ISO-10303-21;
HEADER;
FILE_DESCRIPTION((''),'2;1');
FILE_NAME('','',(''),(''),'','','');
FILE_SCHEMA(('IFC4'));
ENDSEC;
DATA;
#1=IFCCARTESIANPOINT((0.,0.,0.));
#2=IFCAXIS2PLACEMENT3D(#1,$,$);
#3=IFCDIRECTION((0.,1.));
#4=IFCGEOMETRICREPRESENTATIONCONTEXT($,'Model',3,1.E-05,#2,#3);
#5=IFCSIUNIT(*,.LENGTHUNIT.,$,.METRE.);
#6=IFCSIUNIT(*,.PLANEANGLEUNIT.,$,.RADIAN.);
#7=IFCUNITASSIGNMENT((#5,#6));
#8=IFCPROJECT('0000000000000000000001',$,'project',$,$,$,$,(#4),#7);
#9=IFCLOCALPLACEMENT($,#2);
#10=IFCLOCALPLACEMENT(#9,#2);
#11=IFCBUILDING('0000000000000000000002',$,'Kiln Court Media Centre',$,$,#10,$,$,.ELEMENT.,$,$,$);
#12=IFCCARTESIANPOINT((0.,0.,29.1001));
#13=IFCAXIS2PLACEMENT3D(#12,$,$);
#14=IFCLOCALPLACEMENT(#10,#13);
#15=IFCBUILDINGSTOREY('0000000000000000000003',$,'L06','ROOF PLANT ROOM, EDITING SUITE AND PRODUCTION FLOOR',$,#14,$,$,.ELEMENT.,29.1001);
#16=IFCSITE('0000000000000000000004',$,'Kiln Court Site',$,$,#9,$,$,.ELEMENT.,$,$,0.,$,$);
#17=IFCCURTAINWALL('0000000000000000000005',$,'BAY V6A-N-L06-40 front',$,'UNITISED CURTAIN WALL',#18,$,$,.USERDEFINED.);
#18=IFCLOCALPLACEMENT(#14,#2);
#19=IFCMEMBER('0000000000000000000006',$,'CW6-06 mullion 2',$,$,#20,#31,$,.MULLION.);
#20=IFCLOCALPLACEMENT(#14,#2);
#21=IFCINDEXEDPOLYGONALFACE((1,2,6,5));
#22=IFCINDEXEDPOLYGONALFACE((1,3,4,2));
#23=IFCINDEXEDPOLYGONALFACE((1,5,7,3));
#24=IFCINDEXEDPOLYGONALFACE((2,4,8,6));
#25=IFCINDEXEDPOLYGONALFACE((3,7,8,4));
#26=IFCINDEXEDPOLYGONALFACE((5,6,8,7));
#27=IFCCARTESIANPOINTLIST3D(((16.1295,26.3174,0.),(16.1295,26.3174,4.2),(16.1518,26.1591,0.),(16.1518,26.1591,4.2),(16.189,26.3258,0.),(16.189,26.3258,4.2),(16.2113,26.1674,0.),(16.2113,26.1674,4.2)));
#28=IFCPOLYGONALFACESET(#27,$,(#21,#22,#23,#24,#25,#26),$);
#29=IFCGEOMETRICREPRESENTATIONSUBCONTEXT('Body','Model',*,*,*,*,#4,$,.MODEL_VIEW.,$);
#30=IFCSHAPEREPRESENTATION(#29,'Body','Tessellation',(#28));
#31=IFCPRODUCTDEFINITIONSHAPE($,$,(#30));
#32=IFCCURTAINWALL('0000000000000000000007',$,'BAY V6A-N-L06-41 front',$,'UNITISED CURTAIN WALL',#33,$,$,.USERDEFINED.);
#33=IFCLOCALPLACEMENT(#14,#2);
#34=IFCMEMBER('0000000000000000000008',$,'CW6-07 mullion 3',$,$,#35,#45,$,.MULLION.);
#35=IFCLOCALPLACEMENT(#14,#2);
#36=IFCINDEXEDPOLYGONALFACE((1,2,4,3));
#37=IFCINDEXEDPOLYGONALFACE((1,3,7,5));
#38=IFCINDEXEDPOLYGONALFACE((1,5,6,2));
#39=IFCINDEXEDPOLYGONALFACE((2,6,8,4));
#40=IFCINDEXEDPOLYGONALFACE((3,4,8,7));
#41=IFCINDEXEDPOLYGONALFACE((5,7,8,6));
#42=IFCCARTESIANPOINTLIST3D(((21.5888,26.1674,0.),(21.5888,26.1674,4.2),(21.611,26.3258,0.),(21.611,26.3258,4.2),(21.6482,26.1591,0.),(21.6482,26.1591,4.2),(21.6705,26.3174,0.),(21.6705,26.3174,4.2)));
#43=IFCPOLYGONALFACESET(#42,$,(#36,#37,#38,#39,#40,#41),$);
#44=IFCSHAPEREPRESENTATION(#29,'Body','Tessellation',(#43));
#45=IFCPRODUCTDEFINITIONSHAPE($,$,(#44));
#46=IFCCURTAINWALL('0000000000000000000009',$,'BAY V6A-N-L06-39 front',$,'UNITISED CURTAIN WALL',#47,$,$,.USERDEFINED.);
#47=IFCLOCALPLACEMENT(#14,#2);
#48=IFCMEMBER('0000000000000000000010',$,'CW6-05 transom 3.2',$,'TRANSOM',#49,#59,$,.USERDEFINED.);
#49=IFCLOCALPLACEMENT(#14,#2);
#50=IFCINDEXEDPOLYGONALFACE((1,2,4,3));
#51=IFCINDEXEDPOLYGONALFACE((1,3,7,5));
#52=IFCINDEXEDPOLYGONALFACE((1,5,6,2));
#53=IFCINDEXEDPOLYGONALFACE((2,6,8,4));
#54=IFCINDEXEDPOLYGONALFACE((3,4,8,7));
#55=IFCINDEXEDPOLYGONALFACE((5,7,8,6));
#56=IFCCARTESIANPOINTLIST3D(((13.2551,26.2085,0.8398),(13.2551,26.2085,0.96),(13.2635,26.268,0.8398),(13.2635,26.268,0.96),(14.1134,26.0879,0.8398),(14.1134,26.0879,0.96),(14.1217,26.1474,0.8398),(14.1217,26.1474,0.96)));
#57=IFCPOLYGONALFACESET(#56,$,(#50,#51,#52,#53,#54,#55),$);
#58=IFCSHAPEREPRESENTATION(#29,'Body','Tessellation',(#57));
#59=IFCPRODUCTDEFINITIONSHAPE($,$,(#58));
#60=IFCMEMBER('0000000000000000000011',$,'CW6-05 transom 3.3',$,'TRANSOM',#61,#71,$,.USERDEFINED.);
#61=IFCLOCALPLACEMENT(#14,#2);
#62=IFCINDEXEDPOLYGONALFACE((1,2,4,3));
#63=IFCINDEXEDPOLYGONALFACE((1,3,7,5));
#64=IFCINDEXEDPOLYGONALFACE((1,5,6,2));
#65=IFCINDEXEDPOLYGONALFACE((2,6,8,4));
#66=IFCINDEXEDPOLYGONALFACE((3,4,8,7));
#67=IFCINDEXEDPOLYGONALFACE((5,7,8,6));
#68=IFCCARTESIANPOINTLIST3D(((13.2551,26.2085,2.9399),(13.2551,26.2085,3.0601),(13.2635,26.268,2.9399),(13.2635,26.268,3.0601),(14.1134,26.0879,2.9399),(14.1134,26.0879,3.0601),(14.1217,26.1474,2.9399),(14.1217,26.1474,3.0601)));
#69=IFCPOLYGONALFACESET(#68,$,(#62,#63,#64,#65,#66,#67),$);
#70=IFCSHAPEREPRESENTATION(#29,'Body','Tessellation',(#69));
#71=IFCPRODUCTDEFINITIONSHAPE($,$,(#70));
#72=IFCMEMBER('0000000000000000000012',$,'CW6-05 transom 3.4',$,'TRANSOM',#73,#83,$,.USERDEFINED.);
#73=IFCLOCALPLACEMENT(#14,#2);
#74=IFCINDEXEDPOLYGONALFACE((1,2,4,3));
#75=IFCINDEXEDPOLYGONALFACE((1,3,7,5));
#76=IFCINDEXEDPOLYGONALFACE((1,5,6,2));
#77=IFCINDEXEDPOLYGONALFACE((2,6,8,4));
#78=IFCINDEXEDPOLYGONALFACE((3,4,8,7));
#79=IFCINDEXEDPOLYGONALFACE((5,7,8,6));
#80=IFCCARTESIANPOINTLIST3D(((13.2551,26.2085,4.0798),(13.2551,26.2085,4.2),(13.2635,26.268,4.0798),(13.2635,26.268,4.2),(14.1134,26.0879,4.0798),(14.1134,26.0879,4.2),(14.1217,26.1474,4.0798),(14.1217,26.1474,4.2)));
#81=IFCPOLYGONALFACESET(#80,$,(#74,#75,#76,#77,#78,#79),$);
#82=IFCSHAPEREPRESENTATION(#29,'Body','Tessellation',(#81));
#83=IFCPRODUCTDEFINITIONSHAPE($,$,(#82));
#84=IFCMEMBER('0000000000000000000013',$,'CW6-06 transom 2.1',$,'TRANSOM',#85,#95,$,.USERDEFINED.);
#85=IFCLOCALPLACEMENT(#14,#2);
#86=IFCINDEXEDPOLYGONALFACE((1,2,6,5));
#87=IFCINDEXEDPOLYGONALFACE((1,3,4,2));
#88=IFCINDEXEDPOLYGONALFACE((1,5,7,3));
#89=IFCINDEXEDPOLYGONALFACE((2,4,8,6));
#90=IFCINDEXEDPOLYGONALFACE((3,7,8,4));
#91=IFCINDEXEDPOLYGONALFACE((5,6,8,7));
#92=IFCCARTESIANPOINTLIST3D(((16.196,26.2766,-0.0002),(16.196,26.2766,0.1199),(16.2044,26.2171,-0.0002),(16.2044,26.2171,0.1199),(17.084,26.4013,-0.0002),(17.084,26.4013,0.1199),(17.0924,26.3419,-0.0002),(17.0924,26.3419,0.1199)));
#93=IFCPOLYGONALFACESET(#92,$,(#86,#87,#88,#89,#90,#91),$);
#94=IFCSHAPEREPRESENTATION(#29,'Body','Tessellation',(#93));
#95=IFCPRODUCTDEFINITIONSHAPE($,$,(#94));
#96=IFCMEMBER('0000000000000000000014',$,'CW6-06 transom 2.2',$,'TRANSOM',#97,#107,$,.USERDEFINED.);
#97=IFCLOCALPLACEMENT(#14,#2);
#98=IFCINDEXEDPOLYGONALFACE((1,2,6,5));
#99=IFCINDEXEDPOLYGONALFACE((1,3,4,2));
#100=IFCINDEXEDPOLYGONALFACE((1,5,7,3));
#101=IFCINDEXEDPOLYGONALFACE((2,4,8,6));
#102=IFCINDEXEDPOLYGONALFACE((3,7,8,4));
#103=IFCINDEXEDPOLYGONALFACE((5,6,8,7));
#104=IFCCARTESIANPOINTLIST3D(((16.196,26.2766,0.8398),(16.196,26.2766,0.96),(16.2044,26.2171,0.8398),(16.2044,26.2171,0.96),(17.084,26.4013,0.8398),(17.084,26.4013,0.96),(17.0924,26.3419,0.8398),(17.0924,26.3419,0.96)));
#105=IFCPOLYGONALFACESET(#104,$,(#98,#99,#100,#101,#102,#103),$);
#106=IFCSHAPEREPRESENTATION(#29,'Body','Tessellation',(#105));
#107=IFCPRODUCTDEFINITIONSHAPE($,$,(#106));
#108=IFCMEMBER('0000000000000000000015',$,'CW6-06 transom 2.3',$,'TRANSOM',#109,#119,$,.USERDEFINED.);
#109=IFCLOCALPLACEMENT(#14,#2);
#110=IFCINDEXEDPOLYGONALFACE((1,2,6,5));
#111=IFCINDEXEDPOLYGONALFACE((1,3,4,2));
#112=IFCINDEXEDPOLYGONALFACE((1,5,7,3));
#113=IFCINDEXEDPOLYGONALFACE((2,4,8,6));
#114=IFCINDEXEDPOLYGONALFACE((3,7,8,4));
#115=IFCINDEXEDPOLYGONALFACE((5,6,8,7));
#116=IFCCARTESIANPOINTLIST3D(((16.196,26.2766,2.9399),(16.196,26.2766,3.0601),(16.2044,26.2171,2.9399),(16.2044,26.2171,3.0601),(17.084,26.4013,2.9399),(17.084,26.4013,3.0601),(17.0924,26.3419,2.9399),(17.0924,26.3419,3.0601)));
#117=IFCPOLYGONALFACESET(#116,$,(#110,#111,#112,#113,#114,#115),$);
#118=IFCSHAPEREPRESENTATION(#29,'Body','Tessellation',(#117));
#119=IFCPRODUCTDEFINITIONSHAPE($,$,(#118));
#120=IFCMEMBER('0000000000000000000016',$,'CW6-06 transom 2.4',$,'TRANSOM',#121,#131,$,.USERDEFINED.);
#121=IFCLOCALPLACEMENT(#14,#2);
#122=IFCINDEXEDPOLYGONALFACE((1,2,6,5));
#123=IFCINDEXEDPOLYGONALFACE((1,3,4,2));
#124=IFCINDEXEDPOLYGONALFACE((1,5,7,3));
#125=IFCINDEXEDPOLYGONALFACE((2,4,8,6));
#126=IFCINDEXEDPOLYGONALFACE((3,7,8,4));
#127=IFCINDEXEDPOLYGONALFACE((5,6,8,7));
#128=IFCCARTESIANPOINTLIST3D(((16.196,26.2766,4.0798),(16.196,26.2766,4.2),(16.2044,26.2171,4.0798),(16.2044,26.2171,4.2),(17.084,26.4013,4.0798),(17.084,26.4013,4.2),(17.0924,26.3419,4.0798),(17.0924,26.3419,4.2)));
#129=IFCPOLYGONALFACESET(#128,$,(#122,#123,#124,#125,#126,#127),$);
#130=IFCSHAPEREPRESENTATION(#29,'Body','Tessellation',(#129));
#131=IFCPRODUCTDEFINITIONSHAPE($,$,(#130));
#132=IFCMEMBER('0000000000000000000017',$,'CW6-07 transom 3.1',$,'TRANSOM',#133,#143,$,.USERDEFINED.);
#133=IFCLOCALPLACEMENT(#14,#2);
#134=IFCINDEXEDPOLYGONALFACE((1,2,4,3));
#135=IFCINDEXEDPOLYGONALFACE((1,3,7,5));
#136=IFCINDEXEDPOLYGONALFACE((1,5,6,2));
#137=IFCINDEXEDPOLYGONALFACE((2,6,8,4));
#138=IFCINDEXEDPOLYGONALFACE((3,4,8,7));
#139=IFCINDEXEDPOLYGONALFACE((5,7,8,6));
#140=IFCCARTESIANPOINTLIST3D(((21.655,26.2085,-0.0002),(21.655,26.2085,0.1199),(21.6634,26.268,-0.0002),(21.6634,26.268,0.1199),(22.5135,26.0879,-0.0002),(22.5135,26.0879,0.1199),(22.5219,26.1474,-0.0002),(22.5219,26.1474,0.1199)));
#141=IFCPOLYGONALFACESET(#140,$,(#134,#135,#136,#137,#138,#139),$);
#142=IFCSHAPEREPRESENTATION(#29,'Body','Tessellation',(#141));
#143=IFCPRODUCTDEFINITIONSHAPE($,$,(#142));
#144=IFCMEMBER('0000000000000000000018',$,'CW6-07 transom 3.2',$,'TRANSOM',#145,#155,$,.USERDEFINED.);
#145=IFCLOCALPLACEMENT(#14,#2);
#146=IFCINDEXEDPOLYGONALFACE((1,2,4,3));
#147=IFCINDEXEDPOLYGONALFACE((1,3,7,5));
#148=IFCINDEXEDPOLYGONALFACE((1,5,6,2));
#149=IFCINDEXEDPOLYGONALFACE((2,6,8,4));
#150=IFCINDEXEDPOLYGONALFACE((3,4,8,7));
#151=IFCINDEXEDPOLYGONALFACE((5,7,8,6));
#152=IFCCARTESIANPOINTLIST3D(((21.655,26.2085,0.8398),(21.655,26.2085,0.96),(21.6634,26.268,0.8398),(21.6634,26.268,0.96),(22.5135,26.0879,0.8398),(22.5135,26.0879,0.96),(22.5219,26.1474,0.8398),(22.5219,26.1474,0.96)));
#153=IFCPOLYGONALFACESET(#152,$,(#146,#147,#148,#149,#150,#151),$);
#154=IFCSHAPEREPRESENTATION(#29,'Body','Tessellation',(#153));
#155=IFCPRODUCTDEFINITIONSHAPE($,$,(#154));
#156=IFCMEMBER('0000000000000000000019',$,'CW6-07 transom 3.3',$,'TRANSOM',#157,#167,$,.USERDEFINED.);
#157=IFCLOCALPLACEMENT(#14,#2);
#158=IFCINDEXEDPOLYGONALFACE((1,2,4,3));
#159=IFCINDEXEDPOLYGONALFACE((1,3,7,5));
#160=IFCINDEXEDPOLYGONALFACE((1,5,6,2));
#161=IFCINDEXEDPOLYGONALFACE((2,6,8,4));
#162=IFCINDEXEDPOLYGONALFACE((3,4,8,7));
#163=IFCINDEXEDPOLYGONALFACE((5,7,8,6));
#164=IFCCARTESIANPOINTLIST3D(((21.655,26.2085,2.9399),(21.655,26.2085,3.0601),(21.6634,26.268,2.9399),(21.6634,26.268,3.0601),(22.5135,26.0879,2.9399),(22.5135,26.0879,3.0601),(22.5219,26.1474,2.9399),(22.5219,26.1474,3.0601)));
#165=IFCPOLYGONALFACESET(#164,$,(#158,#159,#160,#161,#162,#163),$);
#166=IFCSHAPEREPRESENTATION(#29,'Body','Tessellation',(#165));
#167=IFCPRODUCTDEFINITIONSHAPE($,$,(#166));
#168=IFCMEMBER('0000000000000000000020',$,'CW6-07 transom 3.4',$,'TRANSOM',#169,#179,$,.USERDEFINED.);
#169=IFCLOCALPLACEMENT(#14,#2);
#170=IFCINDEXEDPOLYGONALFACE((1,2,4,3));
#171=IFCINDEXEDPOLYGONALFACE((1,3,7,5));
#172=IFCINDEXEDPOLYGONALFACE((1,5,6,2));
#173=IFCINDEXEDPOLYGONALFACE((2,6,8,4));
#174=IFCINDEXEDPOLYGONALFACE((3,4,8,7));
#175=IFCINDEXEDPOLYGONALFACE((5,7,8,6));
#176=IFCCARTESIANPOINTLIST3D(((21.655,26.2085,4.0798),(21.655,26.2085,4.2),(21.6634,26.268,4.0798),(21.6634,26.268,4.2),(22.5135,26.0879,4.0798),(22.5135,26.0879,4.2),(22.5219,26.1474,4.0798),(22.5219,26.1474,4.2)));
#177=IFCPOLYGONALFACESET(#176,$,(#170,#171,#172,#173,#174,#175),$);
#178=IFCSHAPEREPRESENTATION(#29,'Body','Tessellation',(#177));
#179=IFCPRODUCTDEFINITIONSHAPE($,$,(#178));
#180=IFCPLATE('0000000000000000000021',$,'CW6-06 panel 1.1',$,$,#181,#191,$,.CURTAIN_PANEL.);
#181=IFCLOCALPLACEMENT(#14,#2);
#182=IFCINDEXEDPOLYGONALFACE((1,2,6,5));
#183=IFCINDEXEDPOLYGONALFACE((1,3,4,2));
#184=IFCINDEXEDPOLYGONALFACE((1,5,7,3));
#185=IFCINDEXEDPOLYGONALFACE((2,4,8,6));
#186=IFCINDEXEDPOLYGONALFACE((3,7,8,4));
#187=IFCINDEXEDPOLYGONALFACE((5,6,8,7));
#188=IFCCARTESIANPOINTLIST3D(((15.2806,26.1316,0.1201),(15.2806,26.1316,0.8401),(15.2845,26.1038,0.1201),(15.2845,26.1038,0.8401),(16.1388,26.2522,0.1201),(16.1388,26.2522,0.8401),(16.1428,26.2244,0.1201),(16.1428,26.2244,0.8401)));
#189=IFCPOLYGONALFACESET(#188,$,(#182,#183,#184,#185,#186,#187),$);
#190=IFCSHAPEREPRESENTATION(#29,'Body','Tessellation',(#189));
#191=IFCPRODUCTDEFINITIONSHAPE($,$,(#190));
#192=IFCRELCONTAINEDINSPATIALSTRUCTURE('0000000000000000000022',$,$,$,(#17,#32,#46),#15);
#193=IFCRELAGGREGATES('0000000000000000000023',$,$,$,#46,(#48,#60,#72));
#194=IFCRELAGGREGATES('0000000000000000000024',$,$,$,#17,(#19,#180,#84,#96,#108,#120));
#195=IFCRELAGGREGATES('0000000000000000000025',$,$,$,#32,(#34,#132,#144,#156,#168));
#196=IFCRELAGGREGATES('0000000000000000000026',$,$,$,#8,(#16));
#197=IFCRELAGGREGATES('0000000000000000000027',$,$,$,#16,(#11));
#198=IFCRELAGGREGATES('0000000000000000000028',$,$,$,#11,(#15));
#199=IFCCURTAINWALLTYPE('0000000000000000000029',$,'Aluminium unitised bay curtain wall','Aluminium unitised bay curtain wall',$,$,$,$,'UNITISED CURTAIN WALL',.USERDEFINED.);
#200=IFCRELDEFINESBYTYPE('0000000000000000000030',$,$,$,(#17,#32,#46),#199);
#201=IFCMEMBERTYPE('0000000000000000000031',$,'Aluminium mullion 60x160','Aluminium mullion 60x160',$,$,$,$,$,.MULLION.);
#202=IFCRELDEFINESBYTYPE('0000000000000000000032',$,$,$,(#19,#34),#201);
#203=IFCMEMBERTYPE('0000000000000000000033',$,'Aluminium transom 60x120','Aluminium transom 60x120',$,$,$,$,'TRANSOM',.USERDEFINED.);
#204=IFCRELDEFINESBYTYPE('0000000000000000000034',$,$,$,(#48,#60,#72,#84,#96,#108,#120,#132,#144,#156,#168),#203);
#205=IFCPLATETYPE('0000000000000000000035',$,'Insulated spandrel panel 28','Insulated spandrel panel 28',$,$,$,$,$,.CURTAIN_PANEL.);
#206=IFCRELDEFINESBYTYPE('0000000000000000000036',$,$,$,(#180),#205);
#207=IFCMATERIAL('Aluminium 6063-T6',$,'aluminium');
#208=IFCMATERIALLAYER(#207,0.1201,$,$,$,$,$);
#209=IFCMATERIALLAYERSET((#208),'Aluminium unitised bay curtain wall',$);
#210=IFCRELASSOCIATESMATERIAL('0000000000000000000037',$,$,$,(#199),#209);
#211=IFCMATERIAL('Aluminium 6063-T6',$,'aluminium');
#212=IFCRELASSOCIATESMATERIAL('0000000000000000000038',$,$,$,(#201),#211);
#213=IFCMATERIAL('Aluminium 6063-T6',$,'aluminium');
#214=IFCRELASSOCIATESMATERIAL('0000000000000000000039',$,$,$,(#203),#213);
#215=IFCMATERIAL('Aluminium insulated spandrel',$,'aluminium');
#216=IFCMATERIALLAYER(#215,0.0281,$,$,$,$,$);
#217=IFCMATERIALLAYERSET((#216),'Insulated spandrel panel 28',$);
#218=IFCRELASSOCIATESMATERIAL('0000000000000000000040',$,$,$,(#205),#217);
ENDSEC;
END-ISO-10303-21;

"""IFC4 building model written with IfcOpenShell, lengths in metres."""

from ifc_helpers import new_model, si_unit, direction, frame, origin, origin_2d, place, context, subcontext, project, spatial, rectangle, extrude, material, layer, layer_set, material_profile, profile_set, type_object, element, aggregate, save


model = new_model("IFC4")

# Units and contexts
model_context = context("Model", 3, precision=1e-05, world=origin(), true_north=direction((0.0, 1.0)))
body_context = subcontext(model_context, "Body", "Model", "MODEL_VIEW")
ifc_project = project(units=[si_unit("LENGTHUNIT", "METRE"), si_unit("PLANEANGLEUNIT", "RADIAN")], contexts=[model_context])

# Site, building, storey
site_placement = place(None, origin())
site = spatial("IfcSite", under=ifc_project, at=site_placement, Name="Kiln Court Site", CompositionType="ELEMENT", RefElevation=0.0)
building_placement = place(site_placement, origin())
building = spatial("IfcBuilding", under=site, at=building_placement, Name="Kiln Court Media Centre", CompositionType="ELEMENT")
storey_placement = place(building_placement, frame((0.0, 0.0, 29.1001)))
storey = spatial("IfcBuildingStorey", under=building, at=storey_placement, Name="L06", Description="ROOF PLANT ROOM, EDITING SUITE AND PRODUCTION FLOOR", CompositionType="ELEMENT", Elevation=29.1001)

# Curtain walls, members
ifc_material_1 = material(Name="Aluminium 6063-T6", Category="aluminium")
ifc_layer_1 = layer(ifc_material_1, 0.1201)
ifc_layer_set_1 = layer_set([ifc_layer_1], Name="Aluminium unitised bay curtain wall")
curtain_wall_type = type_object("IfcCurtainWallType", Name="Aluminium unitised bay curtain wall", Description="Aluminium unitised bay curtain wall", ElementType="UNITISED CURTAIN WALL", PredefinedType="USERDEFINED", material=ifc_layer_set_1)
curtain_wall_1_placement = place(storey_placement, origin())
curtain_wall_1 = element("IfcCurtainWall", 1, at=curtain_wall_1_placement, inside=storey, type_object=curtain_wall_type, Name="BAY V6A-N-L06-40 front", ObjectType="UNITISED CURTAIN WALL", PredefinedType="USERDEFINED")
ifc_material_2 = material(Name="Aluminium 6063-T6", Category="aluminium")
ifc_material_profile_1 = material_profile(ifc_material_2, rectangle(XDim=0.0601, YDim=0.1599, at=origin_2d()), Name="Aluminium mullion 60x160")
ifc_profile_set_1 = profile_set([ifc_material_profile_1], Name="Aluminium 6063-T6")
member_type_1 = type_object("IfcMemberType", Name="Aluminium mullion 60x160", Description="Aluminium mullion 60x160", PredefinedType="MULLION", material=ifc_profile_set_1)
member_1_placement = place(storey_placement, frame((16.1704, 26.2424, 0.0), z_axis=(0.0, 0.0, 1.0), x_axis=(0.99027, 0.139162, 0.0)))
member_1 = element("IfcMember", 2, at=member_1_placement, type_object=member_type_1, Name="CW6-06 mullion 2", PredefinedType="MULLION", context=body_context, shape_type="SweptSolid", body=[
    extrude(rectangle(XDim=0.0601, YDim=0.1599, at=origin_2d()), origin(), (0.0, 0.0, 1.0), 4.2),
])
curtain_wall_2_placement = place(storey_placement, origin())
curtain_wall_2 = element("IfcCurtainWall", 3, at=curtain_wall_2_placement, inside=storey, type_object=curtain_wall_type, Name="BAY V6A-N-L06-41 front", ObjectType="UNITISED CURTAIN WALL", PredefinedType="USERDEFINED")
member_2_placement = place(storey_placement, frame((21.6296, 26.2424, 0.0), z_axis=(0.0, 0.0, 1.0), x_axis=(0.99027, -0.139162, 0.0)))
member_2 = element("IfcMember", 4, at=member_2_placement, type_object=member_type_1, Name="CW6-07 mullion 3", PredefinedType="MULLION", context=body_context, shape_type="SweptSolid", body=[
    extrude(rectangle(XDim=0.0601, YDim=0.1599, at=origin_2d()), origin(), (0.0, 0.0, 1.0), 4.2),
])

# Curtain wall, members
curtain_wall_3_placement = place(storey_placement, origin())
curtain_wall_3 = element("IfcCurtainWall", 5, at=curtain_wall_3_placement, inside=storey, type_object=curtain_wall_type, Name="BAY V6A-N-L06-39 front", ObjectType="UNITISED CURTAIN WALL", PredefinedType="USERDEFINED")
ifc_material_3 = material(Name="Aluminium 6063-T6", Category="aluminium")
ifc_material_profile_2 = material_profile(ifc_material_3, rectangle(XDim=0.0601, YDim=0.1201, at=origin_2d()), Name="Aluminium transom 60x120")
ifc_profile_set_2 = profile_set([ifc_material_profile_2], Name="Aluminium 6063-T6")
member_type_2 = type_object("IfcMemberType", Name="Aluminium transom 60x120", Description="Aluminium transom 60x120", ElementType="TRANSOM", PredefinedType="USERDEFINED", material=ifc_profile_set_2)
member_3_placement = place(storey_placement, frame((13.2593, 26.2383, 0.8999), z_axis=(0.990268, -0.139173, 0.0), x_axis=(0.139173, 0.990268, 0.0)))
member_3 = element("IfcMember", 6, at=member_3_placement, type_object=member_type_2, Name="CW6-05 transom 3.2", ObjectType="TRANSOM", PredefinedType="USERDEFINED", context=body_context, shape_type="SweptSolid", body=[
    extrude(rectangle(XDim=0.0601, YDim=0.1201, at=origin_2d()), origin(), (0.0, 0.0, 1.0), 0.8667),
])
member_4_placement = place(storey_placement, frame((13.2593, 26.2383, 3.0), z_axis=(0.990268, -0.139173, 0.0), x_axis=(0.139173, 0.990268, 0.0)))
member_4 = element("IfcMember", 7, at=member_4_placement, type_object=member_type_2, Name="CW6-05 transom 3.3", ObjectType="TRANSOM", PredefinedType="USERDEFINED", context=body_context, shape_type="SweptSolid", body=[
    extrude(rectangle(XDim=0.0601, YDim=0.1201, at=origin_2d()), origin(), (0.0, 0.0, 1.0), 0.8667),
])
member_5_placement = place(storey_placement, frame((13.2593, 26.2383, 4.1399), z_axis=(0.990268, -0.139173, 0.0), x_axis=(0.139173, 0.990268, 0.0)))
member_5 = element("IfcMember", 8, at=member_5_placement, type_object=member_type_2, Name="CW6-05 transom 3.4", ObjectType="TRANSOM", PredefinedType="USERDEFINED", context=body_context, shape_type="SweptSolid", body=[
    extrude(rectangle(XDim=0.0601, YDim=0.1201, at=origin_2d()), origin(), (0.0, 0.0, 1.0), 0.8667),
])

# Members
member_6_placement = place(storey_placement, frame((16.2002, 26.2468, 0.0598), z_axis=(0.990274, 0.139134, 0.0), x_axis=(-0.139134, 0.990274, 0.0)))
member_6 = element("IfcMember", 9, at=member_6_placement, type_object=member_type_2, Name="CW6-06 transom 2.1", ObjectType="TRANSOM", PredefinedType="USERDEFINED", context=body_context, shape_type="SweptSolid", body=[
    extrude(rectangle(XDim=0.0601, YDim=0.1201, at=origin_2d()), origin(), (0.0, 0.0, 1.0), 0.8967),
])
member_7_placement = place(storey_placement, frame((16.2002, 26.2468, 0.8999), z_axis=(0.990274, 0.139134, 0.0), x_axis=(-0.139134, 0.990274, 0.0)))
member_7 = element("IfcMember", 10, at=member_7_placement, type_object=member_type_2, Name="CW6-06 transom 2.2", ObjectType="TRANSOM", PredefinedType="USERDEFINED", context=body_context, shape_type="SweptSolid", body=[
    extrude(rectangle(XDim=0.0601, YDim=0.1201, at=origin_2d()), origin(), (0.0, 0.0, 1.0), 0.8967),
])
member_8_placement = place(storey_placement, frame((16.2002, 26.2468, 3.0), z_axis=(0.990274, 0.139134, 0.0), x_axis=(-0.139134, 0.990274, 0.0)))
member_8 = element("IfcMember", 11, at=member_8_placement, type_object=member_type_2, Name="CW6-06 transom 2.3", ObjectType="TRANSOM", PredefinedType="USERDEFINED", context=body_context, shape_type="SweptSolid", body=[
    extrude(rectangle(XDim=0.0601, YDim=0.1201, at=origin_2d()), origin(), (0.0, 0.0, 1.0), 0.8967),
])
member_9_placement = place(storey_placement, frame((16.2002, 26.2468, 4.1399), z_axis=(0.990274, 0.139134, 0.0), x_axis=(-0.139134, 0.990274, 0.0)))
member_9 = element("IfcMember", 12, at=member_9_placement, type_object=member_type_2, Name="CW6-06 transom 2.4", ObjectType="TRANSOM", PredefinedType="USERDEFINED", context=body_context, shape_type="SweptSolid", body=[
    extrude(rectangle(XDim=0.0601, YDim=0.1201, at=origin_2d()), origin(), (0.0, 0.0, 1.0), 0.8967),
])
member_10_placement = place(storey_placement, frame((21.6592, 26.2383, 0.0598), z_axis=(0.990274, -0.139134, 0.0), x_axis=(0.139134, 0.990274, 0.0)))
member_10 = element("IfcMember", 13, at=member_10_placement, type_object=member_type_2, Name="CW6-07 transom 3.1", ObjectType="TRANSOM", PredefinedType="USERDEFINED", context=body_context, shape_type="SweptSolid", body=[
    extrude(rectangle(XDim=0.0601, YDim=0.1201, at=origin_2d()), origin(), (0.0, 0.0, 1.0), 0.8669),
])
member_11_placement = place(storey_placement, frame((21.6592, 26.2383, 0.8999), z_axis=(0.990274, -0.139134, 0.0), x_axis=(0.139134, 0.990274, 0.0)))
member_11 = element("IfcMember", 14, at=member_11_placement, type_object=member_type_2, Name="CW6-07 transom 3.2", ObjectType="TRANSOM", PredefinedType="USERDEFINED", context=body_context, shape_type="SweptSolid", body=[
    extrude(rectangle(XDim=0.0601, YDim=0.1201, at=origin_2d()), origin(), (0.0, 0.0, 1.0), 0.8669),
])
member_12_placement = place(storey_placement, frame((21.6592, 26.2383, 3.0), z_axis=(0.990274, -0.139134, 0.0), x_axis=(0.139134, 0.990274, 0.0)))
member_12 = element("IfcMember", 15, at=member_12_placement, type_object=member_type_2, Name="CW6-07 transom 3.3", ObjectType="TRANSOM", PredefinedType="USERDEFINED", context=body_context, shape_type="SweptSolid", body=[
    extrude(rectangle(XDim=0.0601, YDim=0.1201, at=origin_2d()), origin(), (0.0, 0.0, 1.0), 0.8669),
])
member_13_placement = place(storey_placement, frame((21.6592, 26.2383, 4.1399), z_axis=(0.990274, -0.139134, 0.0), x_axis=(0.139134, 0.990274, 0.0)))
member_13 = element("IfcMember", 16, at=member_13_placement, type_object=member_type_2, Name="CW6-07 transom 3.4", ObjectType="TRANSOM", PredefinedType="USERDEFINED", context=body_context, shape_type="SweptSolid", body=[
    extrude(rectangle(XDim=0.0601, YDim=0.1201, at=origin_2d()), origin(), (0.0, 0.0, 1.0), 0.8669),
])

# Plate
ifc_material_4 = material(Name="Aluminium insulated spandrel", Category="aluminium")
ifc_layer_2 = layer(ifc_material_4, 0.0281)
ifc_layer_set_2 = layer_set([ifc_layer_2], Name="Insulated spandrel panel 28")
plate_type_1 = type_object("IfcPlateType", Name="Insulated spandrel panel 28", Description="Insulated spandrel panel 28", PredefinedType="CURTAIN_PANEL", material=ifc_layer_set_2)
plate_1_placement = place(storey_placement, frame((15.7117, 26.178, 0.1201), z_axis=(0.0, 0.0, 1.0), x_axis=(0.99027, 0.139162, 0.0)))
plate_1 = element("IfcPlate", 17, at=plate_1_placement, type_object=plate_type_1, Name="CW6-06 panel 1.1", PredefinedType="CURTAIN_PANEL", context=body_context, shape_type="SweptSolid", body=[
    extrude(rectangle(XDim=0.8667, YDim=0.0281, at=origin_2d()), origin(), (0.0, 0.0, 1.0), 0.72),
])
aggregate(curtain_wall_3, [member_3, member_4, member_5])
aggregate(curtain_wall_1, [member_1, plate_1, member_6, member_7, member_8, member_9])
aggregate(curtain_wall_2, [member_2, member_10, member_11, member_12, member_13])

save(model, "model.ifc")
